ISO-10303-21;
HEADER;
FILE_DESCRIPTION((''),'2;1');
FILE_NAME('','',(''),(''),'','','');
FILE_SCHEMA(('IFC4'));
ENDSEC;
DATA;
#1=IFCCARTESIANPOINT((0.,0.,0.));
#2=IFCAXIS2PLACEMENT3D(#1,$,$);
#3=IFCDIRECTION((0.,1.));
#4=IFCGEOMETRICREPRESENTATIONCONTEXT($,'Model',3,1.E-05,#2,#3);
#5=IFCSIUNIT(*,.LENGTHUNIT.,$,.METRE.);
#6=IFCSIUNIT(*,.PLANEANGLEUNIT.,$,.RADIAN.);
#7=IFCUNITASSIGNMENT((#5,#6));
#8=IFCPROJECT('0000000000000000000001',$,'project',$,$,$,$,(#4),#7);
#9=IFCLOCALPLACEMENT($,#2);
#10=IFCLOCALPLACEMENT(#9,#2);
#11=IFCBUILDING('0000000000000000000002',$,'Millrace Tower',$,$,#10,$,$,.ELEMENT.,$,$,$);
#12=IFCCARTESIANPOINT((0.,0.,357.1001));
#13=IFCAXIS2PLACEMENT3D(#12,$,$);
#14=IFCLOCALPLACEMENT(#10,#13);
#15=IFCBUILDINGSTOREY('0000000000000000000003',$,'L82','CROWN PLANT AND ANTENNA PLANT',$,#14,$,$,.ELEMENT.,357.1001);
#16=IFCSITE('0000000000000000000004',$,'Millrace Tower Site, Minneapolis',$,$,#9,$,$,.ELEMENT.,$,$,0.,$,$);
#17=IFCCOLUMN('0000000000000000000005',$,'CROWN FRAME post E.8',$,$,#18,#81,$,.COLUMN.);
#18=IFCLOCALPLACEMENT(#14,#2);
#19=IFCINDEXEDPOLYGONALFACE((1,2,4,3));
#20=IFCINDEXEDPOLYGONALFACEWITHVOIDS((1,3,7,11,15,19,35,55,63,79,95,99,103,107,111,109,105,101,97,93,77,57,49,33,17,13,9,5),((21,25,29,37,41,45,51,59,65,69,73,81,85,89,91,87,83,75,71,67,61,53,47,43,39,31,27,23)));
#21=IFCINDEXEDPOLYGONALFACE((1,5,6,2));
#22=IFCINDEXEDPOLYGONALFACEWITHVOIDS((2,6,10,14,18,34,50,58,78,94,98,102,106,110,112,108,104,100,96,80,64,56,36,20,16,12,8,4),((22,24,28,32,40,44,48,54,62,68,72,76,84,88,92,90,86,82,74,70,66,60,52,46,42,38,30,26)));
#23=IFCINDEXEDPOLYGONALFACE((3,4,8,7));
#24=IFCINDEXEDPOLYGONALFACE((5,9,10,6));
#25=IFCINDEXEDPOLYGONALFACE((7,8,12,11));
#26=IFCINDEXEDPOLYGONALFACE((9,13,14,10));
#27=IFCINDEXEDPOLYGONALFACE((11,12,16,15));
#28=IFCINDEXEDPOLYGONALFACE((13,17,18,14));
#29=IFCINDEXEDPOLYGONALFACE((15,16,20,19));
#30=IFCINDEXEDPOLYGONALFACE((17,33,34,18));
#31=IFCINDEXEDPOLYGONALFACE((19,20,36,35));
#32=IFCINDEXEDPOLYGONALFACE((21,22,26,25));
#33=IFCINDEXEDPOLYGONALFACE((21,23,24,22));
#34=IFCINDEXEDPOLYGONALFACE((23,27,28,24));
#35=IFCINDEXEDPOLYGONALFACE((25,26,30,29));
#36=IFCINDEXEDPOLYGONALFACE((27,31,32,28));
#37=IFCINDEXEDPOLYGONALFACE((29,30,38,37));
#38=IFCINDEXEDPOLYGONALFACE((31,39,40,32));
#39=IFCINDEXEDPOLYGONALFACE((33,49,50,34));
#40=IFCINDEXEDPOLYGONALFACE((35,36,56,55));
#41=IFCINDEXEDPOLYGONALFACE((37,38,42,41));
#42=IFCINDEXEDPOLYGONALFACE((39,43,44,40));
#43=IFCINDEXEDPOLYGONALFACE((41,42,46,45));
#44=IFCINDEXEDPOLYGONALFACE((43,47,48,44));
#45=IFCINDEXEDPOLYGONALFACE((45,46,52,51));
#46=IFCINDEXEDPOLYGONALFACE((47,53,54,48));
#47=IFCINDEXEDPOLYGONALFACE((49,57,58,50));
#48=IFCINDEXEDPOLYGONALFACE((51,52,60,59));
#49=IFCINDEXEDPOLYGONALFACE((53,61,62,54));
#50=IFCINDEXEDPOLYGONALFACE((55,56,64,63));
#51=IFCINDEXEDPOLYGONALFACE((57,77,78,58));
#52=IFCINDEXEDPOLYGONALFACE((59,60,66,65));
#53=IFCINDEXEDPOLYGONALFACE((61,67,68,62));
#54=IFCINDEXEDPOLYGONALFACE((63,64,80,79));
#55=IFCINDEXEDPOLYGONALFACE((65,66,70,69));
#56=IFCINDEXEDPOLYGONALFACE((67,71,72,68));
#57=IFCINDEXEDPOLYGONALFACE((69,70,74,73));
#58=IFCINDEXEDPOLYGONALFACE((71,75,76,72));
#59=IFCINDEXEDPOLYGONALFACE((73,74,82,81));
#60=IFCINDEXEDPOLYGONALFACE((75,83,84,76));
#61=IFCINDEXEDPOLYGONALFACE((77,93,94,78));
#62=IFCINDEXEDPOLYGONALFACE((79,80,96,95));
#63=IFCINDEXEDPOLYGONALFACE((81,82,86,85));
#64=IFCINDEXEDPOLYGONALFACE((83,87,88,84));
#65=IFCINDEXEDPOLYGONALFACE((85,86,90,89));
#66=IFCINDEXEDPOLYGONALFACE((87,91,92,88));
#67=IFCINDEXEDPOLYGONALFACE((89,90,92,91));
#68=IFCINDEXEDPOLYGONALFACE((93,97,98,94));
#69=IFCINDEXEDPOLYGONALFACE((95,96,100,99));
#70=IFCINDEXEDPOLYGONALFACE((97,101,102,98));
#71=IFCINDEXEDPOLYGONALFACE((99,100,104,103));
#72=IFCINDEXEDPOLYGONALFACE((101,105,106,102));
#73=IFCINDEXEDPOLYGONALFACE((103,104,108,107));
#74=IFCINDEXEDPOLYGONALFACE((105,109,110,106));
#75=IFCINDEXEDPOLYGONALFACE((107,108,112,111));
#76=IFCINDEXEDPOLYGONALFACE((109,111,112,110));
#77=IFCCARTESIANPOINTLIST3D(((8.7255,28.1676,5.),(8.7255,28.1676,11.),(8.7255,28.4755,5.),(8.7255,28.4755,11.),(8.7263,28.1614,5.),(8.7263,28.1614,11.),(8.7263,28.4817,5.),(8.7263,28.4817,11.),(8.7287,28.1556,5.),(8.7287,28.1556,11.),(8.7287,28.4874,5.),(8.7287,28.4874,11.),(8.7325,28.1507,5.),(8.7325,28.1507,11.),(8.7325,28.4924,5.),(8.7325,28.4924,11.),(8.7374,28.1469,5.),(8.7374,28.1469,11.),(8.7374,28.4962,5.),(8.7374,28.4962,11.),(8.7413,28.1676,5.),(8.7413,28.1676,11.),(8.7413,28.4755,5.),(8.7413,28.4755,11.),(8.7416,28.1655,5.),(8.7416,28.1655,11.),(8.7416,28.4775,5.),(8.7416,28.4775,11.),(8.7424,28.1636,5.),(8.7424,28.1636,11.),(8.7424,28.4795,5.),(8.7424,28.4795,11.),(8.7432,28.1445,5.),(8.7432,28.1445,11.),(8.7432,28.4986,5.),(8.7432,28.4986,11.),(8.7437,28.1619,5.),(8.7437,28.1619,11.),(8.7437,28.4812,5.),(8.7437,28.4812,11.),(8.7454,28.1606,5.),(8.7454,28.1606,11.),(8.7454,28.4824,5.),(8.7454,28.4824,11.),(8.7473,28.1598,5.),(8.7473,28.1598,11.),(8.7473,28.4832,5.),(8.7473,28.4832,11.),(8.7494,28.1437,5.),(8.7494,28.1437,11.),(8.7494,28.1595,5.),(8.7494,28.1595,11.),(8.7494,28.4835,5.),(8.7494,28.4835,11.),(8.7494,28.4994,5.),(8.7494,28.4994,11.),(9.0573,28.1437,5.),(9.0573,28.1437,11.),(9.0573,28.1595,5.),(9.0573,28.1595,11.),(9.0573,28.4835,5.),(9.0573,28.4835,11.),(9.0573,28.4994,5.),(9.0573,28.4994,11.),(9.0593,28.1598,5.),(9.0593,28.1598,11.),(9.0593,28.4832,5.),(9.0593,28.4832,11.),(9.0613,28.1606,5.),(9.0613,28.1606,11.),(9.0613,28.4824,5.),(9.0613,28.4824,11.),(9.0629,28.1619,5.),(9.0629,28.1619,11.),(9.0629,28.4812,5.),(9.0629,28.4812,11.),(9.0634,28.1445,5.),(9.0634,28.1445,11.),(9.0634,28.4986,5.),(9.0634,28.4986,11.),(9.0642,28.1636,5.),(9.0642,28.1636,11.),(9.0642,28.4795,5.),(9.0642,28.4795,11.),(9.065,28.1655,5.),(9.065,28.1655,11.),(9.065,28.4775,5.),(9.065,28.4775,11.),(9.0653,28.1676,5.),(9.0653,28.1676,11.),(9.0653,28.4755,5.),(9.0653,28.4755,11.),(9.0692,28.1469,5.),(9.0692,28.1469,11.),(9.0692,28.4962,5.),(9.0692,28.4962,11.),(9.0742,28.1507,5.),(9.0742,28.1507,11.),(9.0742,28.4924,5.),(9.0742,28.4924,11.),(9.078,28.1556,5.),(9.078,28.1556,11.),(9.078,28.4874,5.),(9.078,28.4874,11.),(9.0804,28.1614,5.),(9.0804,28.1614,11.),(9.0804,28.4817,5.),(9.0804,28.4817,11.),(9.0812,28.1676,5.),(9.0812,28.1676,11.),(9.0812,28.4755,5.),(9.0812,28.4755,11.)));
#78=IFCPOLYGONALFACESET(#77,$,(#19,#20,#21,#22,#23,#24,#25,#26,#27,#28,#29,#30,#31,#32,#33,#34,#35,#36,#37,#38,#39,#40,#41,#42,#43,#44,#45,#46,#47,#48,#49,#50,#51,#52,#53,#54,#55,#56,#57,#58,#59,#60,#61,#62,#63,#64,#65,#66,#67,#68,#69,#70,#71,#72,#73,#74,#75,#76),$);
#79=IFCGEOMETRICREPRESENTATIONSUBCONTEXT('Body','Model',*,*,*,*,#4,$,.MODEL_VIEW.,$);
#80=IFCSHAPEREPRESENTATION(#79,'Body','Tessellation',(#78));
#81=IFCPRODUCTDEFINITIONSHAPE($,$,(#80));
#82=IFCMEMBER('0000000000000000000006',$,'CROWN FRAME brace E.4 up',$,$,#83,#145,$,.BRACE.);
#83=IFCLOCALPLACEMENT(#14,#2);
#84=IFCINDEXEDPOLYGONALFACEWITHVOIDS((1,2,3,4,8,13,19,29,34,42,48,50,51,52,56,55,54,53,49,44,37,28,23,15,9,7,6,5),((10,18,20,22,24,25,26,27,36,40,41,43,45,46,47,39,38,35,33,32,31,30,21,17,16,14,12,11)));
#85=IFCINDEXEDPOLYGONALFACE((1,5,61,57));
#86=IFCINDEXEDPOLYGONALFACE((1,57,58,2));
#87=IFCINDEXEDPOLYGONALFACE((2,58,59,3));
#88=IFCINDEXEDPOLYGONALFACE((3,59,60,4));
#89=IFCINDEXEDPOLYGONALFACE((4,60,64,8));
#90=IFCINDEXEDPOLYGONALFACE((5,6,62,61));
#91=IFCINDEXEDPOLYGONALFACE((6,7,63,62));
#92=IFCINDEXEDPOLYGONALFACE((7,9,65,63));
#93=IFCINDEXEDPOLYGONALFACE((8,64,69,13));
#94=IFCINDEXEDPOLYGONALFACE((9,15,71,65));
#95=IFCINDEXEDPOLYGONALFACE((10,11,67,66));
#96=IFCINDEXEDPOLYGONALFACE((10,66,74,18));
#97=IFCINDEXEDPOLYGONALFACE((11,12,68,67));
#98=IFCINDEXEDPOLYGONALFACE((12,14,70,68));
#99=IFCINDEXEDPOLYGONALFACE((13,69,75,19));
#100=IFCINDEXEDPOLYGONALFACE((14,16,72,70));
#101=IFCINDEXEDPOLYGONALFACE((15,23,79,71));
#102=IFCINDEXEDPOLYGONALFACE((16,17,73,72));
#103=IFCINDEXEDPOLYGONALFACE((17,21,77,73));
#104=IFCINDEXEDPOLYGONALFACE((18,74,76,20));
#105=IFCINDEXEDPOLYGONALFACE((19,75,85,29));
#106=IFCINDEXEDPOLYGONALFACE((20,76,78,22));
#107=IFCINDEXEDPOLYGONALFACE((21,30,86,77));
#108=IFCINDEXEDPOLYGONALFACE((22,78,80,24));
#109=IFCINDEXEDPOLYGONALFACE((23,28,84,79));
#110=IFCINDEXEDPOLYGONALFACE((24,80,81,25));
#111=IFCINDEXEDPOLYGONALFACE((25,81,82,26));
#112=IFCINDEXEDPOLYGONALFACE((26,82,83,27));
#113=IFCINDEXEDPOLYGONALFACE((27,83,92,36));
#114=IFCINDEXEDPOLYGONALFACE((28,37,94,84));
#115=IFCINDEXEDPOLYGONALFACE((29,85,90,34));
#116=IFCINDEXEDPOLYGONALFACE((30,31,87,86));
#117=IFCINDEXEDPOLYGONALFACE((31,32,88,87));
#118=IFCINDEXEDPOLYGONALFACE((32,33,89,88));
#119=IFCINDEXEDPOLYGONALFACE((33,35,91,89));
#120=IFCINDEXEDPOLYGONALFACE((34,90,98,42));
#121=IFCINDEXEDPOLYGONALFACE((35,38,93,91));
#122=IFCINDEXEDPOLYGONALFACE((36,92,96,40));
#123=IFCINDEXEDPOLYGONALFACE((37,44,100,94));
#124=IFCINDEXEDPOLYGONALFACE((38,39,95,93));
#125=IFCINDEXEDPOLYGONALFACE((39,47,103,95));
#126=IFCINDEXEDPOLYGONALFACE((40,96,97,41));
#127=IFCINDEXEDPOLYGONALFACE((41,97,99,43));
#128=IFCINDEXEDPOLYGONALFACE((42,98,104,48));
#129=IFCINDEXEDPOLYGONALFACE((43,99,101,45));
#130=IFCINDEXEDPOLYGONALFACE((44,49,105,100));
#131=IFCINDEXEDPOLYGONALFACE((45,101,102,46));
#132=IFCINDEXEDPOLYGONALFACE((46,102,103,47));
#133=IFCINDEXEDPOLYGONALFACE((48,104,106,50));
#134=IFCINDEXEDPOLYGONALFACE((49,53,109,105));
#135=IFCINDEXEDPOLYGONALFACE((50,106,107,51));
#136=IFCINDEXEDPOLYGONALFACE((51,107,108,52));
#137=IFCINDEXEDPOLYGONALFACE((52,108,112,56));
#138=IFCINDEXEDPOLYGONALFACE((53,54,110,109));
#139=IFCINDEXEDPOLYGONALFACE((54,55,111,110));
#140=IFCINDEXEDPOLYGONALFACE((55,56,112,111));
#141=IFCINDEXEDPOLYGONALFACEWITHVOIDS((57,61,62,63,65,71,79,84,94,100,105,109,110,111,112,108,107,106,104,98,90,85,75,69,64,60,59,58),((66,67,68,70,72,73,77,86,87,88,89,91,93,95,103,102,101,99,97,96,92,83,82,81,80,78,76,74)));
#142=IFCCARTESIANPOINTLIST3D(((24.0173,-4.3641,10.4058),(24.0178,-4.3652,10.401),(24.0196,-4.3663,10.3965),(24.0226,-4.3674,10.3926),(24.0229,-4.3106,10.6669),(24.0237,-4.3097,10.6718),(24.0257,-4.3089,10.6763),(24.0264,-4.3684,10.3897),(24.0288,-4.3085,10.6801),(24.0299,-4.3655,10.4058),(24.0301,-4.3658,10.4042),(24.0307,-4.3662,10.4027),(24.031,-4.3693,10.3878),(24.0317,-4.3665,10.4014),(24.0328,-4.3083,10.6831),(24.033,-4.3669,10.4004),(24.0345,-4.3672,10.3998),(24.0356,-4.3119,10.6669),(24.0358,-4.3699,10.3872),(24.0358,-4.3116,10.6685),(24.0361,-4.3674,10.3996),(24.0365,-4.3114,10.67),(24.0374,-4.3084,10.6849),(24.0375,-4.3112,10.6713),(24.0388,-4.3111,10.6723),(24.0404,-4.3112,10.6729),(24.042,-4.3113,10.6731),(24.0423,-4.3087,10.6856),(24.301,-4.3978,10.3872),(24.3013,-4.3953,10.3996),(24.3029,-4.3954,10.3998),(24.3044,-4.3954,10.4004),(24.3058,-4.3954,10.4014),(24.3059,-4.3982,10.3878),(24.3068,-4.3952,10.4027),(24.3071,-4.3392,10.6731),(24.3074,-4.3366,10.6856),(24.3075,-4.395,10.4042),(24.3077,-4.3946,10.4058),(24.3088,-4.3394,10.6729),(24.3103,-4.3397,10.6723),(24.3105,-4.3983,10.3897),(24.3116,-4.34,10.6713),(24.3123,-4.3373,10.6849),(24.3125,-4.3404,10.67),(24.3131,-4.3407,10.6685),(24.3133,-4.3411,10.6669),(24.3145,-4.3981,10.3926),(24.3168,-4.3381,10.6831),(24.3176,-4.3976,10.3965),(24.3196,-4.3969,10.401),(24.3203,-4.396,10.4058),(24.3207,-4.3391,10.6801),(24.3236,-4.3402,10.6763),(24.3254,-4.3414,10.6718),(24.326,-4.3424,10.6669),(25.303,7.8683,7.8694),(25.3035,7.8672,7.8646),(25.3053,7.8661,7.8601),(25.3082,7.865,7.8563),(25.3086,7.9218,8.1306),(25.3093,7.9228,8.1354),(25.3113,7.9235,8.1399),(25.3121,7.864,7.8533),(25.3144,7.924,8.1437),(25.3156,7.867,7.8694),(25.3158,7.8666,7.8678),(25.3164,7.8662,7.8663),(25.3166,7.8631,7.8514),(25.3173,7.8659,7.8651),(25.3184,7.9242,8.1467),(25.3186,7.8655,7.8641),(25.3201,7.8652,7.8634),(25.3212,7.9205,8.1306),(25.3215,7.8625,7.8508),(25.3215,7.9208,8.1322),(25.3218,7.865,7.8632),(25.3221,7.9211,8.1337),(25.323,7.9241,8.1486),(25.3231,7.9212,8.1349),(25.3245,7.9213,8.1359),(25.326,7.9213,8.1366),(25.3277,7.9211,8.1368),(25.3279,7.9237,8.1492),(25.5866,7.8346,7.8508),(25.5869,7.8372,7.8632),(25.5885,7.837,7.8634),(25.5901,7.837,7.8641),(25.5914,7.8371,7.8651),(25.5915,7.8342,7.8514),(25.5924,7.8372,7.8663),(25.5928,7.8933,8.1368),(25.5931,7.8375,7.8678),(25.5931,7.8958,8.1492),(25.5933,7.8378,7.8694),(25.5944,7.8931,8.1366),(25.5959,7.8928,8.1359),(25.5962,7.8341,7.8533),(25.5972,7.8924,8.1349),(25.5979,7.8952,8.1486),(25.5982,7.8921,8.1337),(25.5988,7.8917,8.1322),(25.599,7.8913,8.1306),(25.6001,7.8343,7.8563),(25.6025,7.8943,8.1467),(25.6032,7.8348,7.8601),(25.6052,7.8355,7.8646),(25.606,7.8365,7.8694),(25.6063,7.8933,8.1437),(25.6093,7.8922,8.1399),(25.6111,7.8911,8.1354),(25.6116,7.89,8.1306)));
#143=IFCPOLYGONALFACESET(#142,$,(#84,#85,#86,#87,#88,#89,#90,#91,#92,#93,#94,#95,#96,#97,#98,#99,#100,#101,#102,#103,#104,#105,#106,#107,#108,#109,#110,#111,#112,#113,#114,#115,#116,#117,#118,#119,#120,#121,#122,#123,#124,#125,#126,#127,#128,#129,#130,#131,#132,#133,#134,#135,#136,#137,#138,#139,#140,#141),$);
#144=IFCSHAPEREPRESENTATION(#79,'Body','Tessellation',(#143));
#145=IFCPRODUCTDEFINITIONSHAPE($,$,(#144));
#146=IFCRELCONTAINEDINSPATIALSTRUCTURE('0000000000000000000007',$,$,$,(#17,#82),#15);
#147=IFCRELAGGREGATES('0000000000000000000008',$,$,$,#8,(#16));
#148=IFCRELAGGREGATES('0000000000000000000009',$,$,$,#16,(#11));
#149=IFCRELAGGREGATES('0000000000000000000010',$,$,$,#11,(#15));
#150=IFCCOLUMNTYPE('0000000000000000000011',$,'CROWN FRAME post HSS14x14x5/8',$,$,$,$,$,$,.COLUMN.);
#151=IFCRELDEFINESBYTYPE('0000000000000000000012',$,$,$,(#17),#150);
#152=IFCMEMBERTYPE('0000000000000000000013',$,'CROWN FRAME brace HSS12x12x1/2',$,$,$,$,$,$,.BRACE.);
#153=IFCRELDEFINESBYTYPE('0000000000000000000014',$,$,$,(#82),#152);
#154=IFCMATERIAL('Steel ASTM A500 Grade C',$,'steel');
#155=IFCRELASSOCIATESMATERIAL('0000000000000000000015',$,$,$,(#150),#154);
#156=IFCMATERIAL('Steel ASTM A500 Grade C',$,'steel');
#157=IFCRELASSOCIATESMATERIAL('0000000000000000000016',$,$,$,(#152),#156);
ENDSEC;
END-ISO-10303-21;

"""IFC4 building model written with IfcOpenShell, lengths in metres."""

from ifc_helpers import new_model, si_unit, direction, frame, origin, origin_2d, place, context, subcontext, project, spatial, hollow_rectangle, extrude, material, material_profile, profile_set, type_object, element, save


model = new_model("IFC4")

# Units and contexts
model_context = context("Model", 3, precision=1e-05, world=origin(), true_north=direction((0.0, 1.0)))
body_context = subcontext(model_context, "Body", "Model", "MODEL_VIEW")
ifc_project = project(units=[si_unit("LENGTHUNIT", "METRE"), si_unit("PLANEANGLEUNIT", "RADIAN")], contexts=[model_context])

# Site, building, storey
site_placement = place(None, origin())
site = spatial("IfcSite", under=ifc_project, at=site_placement, Name="Millrace Tower Site, Minneapolis", CompositionType="ELEMENT", RefElevation=0.0)
building_placement = place(site_placement, origin())
building = spatial("IfcBuilding", under=site, at=building_placement, Name="Millrace Tower", CompositionType="ELEMENT")
storey_placement = place(building_placement, frame((0.0, 0.0, 357.1001)))
storey = spatial("IfcBuildingStorey", under=building, at=storey_placement, Name="L82", Description="CROWN PLANT AND ANTENNA PLANT", CompositionType="ELEMENT", Elevation=357.1001)

# Column
ifc_material_1 = material(Name="Steel ASTM A500 Grade C", Category="steel")
ifc_material_profile_1 = material_profile(ifc_material_1, hollow_rectangle(XDim=0.3557, YDim=0.3557, WallThickness=0.0159, InnerFilletRadius=0.0081, OuterFilletRadius=0.0239, at=origin_2d()))
ifc_profile_set_1 = profile_set([ifc_material_profile_1], Name="Steel ASTM A500 Grade C")
column_type = type_object("IfcColumnType", Name="CROWN FRAME post HSS14x14x5/8", PredefinedType="COLUMN", material=ifc_profile_set_1)
for number, where, z_axis, x_axis, name in (
    (1, (8.9033, 28.3215, 5.0), (0.0, 0.0, 1.0), (1.0, 0.0, 0.0), "CROWN FRAME post E.8"),
):
    element("IfcColumn", number, at=place(storey_placement, frame(where, z_axis=z_axis, x_axis=x_axis)), inside=storey, type_object=column_type, Name=name, PredefinedType="COLUMN", context=body_context, shape_type="SweptSolid", body=[
        extrude(hollow_rectangle(XDim=0.3557, YDim=0.3557, WallThickness=0.0159, InnerFilletRadius=0.0081, OuterFilletRadius=0.0239, at=origin_2d()), origin(), (0.0, 0.0, 1.0), 6.0),
    ])

# Member
ifc_material_2 = material(Name="Steel ASTM A500 Grade C", Category="steel")
ifc_material_profile_2 = material_profile(ifc_material_2, hollow_rectangle(XDim=0.3047, YDim=0.3047, WallThickness=0.0127, InnerFilletRadius=0.0063, OuterFilletRadius=0.019, at=origin_2d()))
ifc_profile_set_2 = profile_set([ifc_material_profile_2], Name="Steel ASTM A500 Grade C")
member_type_1 = type_object("IfcMemberType", Name="CROWN FRAME brace HSS12x12x1/2", PredefinedType="BRACE", material=ifc_profile_set_2)
member_1_placement = place(storey_placement, frame((25.4573, 7.8792, 8.0), z_axis=(-0.102372, -0.974028, 0.201963), x_axis=(0.994522, -0.104526, 0.0)))
element("IfcMember", 2, at=member_1_placement, inside=storey, type_object=member_type_1, Name="CROWN FRAME brace E.4 up", PredefinedType="BRACE", context=body_context, shape_type="SweptSolid", body=[
    extrude(hollow_rectangle(XDim=0.3047, YDim=0.3047, WallThickness=0.0127, InnerFilletRadius=0.0063, OuterFilletRadius=0.019, at=origin_2d()), origin(), (0.0, 0.0, 1.0), 12.5586),
])

save(model, "model.ifc")
